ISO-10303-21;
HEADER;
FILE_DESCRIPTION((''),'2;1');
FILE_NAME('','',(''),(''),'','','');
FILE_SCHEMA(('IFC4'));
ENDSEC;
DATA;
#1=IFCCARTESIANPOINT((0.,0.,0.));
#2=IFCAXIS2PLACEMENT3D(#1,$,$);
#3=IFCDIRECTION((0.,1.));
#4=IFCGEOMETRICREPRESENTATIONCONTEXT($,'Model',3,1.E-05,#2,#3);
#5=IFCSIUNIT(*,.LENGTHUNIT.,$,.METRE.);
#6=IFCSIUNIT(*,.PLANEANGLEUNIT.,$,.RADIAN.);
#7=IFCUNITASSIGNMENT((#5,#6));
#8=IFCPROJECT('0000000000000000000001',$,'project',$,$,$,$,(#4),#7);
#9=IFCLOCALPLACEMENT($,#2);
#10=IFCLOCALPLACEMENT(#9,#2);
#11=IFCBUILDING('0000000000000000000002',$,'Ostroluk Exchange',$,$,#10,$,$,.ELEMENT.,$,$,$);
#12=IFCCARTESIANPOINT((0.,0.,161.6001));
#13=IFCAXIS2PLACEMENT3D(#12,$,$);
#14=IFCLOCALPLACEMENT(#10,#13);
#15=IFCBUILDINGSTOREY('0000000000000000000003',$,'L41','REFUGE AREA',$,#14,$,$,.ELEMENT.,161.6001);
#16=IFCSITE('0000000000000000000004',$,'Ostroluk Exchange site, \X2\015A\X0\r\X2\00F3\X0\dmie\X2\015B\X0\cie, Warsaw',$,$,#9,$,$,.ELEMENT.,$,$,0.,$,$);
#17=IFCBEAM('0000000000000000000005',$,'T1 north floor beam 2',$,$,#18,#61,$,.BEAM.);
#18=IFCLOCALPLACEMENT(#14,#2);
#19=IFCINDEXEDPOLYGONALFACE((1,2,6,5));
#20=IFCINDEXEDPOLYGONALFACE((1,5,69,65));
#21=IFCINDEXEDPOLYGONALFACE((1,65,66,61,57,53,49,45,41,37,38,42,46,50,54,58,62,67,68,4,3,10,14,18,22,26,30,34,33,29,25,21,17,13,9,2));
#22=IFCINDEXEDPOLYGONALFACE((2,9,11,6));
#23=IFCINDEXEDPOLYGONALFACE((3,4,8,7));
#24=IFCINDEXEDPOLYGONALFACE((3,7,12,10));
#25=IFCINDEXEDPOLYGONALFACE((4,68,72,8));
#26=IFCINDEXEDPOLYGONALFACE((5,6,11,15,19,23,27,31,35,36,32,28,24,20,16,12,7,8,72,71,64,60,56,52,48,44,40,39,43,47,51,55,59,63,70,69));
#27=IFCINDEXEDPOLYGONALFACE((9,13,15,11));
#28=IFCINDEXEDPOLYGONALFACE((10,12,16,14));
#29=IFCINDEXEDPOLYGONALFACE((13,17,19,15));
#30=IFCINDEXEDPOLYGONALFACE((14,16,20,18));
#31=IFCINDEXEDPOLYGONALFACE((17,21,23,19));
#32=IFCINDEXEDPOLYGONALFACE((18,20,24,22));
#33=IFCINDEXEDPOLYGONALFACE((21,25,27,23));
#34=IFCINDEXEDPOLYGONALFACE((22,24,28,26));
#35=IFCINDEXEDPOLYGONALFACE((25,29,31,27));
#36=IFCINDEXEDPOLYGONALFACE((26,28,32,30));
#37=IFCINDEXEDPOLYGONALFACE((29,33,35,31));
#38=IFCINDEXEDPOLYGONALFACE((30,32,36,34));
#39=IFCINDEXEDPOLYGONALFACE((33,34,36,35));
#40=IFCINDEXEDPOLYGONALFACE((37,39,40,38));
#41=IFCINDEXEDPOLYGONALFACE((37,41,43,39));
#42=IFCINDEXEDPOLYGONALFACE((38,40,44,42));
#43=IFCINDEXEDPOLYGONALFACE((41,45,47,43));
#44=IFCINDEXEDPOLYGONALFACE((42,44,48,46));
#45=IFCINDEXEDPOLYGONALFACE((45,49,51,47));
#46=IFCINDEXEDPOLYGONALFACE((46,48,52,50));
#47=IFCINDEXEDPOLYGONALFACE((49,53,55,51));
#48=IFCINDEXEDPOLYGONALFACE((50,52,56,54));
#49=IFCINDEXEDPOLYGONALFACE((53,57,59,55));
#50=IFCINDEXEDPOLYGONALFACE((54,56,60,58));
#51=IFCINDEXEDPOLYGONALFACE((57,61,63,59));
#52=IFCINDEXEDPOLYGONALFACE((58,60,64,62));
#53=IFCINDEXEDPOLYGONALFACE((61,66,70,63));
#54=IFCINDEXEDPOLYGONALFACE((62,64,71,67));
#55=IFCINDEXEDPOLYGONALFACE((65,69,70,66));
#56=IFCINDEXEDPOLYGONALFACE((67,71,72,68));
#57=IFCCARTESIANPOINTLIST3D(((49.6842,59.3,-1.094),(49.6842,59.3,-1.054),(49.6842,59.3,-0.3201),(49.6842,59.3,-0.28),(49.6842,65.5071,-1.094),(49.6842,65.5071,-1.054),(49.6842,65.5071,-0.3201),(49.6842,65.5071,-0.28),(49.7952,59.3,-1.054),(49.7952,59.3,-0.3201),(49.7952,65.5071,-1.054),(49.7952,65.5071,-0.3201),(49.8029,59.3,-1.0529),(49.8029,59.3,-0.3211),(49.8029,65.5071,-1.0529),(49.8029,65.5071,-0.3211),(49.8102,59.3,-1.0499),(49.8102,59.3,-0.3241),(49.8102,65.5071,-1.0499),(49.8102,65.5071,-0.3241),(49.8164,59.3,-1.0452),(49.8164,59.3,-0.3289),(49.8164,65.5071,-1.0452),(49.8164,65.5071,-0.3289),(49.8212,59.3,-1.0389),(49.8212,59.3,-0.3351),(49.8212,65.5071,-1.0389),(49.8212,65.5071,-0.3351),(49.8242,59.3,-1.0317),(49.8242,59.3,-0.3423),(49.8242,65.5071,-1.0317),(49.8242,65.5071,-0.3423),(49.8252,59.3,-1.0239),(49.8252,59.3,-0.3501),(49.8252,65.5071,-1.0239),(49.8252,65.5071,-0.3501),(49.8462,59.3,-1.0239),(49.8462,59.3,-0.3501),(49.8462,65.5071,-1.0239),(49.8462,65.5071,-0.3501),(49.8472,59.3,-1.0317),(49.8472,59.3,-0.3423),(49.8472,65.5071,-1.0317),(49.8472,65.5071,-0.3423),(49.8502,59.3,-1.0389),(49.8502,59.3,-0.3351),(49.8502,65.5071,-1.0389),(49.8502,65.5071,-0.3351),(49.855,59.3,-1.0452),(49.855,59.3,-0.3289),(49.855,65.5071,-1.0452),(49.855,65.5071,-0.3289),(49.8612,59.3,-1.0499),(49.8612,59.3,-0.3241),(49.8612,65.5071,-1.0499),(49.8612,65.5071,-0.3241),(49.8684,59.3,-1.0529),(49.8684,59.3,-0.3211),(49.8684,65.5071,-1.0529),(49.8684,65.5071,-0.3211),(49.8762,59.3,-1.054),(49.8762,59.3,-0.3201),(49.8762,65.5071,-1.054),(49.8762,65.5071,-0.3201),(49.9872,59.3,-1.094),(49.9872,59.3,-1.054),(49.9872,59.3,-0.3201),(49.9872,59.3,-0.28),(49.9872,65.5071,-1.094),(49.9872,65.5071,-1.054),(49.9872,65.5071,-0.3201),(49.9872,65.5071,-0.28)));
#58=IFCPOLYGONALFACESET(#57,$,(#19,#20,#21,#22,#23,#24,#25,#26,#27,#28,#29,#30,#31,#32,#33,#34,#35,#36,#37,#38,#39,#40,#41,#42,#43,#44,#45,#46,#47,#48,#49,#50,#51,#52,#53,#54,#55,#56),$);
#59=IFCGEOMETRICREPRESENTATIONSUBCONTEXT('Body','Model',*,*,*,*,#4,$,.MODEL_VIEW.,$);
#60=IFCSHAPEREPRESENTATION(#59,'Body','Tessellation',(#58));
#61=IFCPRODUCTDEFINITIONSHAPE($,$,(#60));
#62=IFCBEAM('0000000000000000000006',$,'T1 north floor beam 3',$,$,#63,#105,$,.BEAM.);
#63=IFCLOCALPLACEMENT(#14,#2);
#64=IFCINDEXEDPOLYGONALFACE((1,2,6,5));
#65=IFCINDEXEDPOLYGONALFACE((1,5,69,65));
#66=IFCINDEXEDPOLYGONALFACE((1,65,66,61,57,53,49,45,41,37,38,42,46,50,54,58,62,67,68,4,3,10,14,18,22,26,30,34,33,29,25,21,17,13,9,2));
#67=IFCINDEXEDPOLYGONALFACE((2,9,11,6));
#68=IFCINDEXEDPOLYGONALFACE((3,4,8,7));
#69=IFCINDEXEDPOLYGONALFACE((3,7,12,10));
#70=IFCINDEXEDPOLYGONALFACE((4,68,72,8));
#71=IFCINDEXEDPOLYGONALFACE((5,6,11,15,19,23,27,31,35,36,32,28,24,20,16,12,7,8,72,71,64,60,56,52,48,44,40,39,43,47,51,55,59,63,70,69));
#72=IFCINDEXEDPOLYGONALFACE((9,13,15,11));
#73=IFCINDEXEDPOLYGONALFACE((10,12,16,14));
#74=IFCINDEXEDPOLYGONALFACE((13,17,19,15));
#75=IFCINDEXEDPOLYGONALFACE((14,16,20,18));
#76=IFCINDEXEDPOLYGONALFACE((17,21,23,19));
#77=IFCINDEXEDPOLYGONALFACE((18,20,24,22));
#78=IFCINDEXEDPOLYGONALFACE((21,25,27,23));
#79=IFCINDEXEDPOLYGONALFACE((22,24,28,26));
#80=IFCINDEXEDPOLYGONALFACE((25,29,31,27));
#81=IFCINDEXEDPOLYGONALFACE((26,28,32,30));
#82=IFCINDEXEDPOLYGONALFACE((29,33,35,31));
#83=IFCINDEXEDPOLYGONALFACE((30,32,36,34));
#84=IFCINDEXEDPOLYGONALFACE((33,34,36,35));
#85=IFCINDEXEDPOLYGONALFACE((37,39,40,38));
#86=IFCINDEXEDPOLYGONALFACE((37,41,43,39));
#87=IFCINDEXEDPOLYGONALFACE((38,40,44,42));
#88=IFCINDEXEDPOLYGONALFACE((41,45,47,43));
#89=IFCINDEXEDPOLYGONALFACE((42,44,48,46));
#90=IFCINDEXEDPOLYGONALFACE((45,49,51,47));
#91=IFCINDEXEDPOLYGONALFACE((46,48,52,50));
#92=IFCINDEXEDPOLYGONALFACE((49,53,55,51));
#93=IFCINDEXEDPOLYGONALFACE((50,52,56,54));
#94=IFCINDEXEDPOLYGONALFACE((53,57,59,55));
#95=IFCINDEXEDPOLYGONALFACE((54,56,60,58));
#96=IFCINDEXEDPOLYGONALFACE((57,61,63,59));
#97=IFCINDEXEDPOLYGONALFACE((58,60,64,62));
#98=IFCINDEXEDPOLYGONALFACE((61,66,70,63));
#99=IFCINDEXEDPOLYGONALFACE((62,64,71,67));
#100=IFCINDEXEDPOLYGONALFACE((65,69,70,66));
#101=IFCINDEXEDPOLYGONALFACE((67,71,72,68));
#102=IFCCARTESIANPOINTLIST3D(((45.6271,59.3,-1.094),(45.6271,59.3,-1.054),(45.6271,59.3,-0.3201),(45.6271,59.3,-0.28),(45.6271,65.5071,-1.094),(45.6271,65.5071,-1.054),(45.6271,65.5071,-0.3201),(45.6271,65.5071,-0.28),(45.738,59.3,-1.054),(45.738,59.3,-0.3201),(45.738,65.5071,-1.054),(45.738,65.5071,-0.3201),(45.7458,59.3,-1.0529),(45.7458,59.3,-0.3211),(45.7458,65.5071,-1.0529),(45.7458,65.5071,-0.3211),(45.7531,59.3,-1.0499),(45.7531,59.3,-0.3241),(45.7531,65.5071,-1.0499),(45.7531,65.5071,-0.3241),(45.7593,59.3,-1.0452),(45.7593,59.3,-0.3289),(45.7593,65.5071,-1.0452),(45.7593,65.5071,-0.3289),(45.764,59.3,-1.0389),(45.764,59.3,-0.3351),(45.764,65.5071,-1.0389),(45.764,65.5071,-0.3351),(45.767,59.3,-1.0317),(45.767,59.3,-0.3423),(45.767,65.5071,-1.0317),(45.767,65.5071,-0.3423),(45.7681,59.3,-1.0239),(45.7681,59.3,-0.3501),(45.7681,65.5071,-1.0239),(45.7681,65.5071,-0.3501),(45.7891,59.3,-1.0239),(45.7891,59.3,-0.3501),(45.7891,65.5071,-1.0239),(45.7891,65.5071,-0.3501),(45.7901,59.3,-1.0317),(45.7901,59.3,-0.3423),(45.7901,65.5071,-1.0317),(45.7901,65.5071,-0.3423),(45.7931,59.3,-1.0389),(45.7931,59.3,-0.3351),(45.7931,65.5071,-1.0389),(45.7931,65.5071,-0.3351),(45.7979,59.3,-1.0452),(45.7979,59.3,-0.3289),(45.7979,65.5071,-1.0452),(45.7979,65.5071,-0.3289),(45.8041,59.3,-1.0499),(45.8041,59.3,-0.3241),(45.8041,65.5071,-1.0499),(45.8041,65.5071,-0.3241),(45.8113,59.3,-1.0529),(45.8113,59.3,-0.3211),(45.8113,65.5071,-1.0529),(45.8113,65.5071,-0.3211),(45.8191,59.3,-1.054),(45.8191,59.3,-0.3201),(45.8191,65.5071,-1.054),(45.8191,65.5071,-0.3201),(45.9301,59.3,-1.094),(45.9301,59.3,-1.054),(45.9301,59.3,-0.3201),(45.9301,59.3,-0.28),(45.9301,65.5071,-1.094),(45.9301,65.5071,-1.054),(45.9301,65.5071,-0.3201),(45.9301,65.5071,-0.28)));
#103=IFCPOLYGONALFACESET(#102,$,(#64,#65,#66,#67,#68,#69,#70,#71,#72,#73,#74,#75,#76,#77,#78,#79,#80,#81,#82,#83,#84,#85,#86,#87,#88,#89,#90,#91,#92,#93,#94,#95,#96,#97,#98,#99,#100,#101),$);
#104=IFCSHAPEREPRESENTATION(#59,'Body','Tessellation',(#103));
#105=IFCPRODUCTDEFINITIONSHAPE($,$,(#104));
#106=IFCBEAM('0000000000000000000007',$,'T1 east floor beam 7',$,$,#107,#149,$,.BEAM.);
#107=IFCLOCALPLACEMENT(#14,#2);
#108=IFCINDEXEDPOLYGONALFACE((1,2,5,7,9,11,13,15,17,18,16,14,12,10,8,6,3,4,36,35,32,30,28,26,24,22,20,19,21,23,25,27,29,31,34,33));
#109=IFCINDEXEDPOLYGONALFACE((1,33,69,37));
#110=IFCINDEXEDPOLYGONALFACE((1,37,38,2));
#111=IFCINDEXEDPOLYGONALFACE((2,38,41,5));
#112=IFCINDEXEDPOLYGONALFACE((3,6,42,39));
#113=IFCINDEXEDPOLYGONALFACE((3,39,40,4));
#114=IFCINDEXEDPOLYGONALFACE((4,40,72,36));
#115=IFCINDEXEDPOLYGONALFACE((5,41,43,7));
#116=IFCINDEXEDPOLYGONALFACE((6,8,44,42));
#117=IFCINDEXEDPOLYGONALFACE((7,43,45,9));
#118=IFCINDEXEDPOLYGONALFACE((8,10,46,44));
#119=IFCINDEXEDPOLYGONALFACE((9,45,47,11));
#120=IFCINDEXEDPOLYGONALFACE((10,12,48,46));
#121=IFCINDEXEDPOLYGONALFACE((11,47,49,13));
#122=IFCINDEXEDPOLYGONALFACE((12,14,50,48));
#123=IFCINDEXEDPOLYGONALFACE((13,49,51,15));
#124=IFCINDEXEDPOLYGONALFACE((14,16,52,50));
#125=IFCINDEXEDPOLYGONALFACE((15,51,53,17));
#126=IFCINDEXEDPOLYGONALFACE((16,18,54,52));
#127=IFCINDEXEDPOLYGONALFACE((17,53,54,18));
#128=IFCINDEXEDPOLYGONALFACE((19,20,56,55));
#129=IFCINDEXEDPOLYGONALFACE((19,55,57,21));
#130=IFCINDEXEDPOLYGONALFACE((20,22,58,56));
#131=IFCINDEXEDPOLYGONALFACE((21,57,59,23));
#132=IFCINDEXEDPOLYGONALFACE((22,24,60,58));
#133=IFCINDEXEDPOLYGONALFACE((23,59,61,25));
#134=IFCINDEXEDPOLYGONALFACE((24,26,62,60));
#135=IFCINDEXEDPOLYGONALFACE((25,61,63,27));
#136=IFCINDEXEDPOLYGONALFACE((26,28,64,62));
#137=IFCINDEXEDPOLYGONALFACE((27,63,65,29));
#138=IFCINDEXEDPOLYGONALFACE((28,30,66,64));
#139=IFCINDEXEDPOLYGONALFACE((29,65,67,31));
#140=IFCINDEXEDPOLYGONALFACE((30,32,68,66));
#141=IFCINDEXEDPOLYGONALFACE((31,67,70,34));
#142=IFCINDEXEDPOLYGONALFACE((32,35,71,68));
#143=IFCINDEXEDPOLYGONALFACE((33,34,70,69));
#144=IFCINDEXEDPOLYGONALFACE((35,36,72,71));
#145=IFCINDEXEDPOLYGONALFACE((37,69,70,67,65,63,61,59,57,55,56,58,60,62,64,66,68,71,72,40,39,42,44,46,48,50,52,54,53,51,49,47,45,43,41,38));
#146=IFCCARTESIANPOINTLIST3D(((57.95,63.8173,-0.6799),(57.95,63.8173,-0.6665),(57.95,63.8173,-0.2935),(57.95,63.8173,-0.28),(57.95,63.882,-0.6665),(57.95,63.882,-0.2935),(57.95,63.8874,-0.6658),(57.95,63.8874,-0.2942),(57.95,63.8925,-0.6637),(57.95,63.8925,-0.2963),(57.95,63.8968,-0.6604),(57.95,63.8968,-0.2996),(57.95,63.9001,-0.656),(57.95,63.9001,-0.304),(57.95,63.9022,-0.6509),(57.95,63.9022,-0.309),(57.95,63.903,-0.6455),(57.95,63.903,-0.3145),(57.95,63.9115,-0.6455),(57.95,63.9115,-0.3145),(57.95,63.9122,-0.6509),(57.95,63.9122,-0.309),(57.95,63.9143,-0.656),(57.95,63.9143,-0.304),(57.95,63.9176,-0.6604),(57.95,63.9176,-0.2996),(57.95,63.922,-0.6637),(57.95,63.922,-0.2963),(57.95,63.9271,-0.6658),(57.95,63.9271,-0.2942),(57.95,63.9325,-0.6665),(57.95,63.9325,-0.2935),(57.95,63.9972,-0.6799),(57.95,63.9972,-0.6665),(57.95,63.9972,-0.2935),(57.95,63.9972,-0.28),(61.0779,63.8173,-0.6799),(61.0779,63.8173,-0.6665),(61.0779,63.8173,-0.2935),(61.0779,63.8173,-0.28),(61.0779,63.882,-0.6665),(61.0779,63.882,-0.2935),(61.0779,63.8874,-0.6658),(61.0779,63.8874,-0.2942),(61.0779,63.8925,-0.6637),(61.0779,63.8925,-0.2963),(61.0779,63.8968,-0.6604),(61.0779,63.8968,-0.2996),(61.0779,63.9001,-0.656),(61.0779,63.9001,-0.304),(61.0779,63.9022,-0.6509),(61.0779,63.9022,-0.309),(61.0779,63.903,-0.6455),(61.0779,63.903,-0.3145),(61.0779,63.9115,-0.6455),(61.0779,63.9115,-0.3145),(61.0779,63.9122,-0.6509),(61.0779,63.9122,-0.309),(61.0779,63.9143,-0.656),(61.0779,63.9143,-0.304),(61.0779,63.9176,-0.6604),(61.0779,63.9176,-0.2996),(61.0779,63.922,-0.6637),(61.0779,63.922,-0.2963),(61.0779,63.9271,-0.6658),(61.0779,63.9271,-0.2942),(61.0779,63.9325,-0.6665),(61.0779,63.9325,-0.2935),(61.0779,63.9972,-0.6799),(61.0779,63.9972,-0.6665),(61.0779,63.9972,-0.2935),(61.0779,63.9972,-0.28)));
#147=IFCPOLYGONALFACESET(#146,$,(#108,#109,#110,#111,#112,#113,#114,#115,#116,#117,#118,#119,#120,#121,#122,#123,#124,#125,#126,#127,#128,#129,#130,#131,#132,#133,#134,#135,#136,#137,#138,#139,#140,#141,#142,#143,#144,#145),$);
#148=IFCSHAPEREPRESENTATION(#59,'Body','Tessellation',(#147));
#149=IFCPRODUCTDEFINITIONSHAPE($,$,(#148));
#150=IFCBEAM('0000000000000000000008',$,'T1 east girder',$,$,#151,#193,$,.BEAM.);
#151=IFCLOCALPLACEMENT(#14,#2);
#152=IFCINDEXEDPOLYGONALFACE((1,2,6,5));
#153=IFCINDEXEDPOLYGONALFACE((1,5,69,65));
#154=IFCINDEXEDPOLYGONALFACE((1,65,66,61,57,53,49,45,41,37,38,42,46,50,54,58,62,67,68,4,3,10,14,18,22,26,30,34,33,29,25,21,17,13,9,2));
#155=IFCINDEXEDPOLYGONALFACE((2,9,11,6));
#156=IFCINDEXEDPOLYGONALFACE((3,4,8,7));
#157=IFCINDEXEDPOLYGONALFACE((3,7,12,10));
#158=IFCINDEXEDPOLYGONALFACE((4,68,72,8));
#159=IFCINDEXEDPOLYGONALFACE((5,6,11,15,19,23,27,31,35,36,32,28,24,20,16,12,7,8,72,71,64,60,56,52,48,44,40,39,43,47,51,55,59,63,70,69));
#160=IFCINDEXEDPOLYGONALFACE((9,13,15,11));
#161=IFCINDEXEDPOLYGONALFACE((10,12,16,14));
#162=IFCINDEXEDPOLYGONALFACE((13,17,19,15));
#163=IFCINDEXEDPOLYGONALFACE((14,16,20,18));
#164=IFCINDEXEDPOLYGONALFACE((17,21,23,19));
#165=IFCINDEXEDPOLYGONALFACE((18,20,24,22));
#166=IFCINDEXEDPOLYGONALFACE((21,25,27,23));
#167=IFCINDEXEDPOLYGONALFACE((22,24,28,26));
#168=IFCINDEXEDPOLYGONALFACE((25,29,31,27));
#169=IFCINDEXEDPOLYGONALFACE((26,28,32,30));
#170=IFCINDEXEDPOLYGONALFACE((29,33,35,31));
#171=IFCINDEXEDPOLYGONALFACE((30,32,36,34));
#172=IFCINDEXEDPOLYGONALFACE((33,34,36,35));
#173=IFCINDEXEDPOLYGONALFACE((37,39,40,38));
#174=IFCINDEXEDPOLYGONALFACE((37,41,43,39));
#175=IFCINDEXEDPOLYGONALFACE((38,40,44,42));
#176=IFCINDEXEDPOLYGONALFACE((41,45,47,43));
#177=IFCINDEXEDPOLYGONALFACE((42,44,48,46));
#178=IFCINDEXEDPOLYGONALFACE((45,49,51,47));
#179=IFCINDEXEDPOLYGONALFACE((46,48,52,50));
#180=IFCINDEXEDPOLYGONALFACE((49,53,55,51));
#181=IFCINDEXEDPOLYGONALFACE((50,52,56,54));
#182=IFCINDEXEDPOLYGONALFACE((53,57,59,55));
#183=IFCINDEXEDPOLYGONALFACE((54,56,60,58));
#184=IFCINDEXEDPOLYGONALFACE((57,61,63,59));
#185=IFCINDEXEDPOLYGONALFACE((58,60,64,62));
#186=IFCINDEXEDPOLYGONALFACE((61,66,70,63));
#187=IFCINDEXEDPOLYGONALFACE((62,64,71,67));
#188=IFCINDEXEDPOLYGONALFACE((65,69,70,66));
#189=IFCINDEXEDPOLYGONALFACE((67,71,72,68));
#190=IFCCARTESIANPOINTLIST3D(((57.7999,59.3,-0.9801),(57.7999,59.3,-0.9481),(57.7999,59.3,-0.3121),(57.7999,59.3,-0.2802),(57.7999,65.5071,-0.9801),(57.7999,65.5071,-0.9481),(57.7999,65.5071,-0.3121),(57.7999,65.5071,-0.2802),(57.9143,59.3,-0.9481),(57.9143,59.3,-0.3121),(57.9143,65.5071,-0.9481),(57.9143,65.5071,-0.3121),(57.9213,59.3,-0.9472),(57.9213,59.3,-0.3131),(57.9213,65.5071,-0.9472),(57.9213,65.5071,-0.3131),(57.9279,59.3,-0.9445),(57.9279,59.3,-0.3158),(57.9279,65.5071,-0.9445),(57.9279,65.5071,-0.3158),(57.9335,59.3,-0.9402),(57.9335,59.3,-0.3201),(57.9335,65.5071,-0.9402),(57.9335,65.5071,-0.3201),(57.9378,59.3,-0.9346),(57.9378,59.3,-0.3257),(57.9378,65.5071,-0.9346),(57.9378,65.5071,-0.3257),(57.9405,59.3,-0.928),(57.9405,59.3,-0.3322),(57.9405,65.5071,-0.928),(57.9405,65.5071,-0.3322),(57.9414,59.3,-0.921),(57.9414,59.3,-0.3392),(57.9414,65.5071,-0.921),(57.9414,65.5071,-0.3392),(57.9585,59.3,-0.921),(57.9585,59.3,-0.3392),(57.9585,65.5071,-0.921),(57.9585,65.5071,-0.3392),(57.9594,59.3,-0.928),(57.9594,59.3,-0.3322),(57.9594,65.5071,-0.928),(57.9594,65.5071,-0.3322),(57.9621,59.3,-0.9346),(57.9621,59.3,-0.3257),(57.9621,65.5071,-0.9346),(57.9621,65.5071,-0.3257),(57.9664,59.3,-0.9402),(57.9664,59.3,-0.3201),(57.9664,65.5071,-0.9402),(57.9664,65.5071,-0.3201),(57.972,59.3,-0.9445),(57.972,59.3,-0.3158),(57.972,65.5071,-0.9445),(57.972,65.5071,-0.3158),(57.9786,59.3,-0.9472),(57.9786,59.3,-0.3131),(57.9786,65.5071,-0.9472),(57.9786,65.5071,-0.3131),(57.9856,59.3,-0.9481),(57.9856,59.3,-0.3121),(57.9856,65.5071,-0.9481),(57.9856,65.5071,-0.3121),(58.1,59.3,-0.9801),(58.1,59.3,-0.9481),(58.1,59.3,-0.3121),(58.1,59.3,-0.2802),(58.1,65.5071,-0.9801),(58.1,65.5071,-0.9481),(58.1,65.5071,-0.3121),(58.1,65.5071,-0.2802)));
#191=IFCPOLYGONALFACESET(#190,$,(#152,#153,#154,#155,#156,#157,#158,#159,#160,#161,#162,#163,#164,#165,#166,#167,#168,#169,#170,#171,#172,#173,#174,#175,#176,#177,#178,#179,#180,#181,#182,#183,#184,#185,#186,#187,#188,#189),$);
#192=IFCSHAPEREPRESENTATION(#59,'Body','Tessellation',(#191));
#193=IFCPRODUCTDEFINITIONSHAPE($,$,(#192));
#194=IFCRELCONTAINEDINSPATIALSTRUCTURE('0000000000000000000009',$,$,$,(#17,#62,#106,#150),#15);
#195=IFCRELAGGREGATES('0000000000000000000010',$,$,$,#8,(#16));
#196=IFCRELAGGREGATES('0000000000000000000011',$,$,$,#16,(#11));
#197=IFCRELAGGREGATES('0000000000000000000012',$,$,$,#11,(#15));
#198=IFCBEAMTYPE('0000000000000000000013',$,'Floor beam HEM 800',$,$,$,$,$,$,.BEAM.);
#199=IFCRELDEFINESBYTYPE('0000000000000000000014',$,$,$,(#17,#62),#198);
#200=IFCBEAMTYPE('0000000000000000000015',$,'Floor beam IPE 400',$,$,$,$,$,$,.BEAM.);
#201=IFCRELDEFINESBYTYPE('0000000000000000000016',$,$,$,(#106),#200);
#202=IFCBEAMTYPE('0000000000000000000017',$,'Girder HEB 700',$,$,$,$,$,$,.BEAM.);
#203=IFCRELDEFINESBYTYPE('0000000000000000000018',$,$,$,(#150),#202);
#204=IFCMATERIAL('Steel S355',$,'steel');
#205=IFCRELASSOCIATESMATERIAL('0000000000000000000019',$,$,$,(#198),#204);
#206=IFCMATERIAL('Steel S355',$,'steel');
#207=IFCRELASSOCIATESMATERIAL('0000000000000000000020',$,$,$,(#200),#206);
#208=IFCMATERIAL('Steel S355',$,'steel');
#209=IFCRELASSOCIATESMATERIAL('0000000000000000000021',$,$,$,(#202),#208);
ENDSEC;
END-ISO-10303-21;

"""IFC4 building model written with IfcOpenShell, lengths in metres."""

from ifc_helpers import new_model, si_unit, direction, frame, origin, origin_2d, place, context, subcontext, project, spatial, i_section, extrude, material, material_profile, profile_set, type_object, element, save


model = new_model("IFC4")

# Units and contexts
model_context = context("Model", 3, precision=1e-05, world=origin(), true_north=direction((0.0, 1.0)))
body_context = subcontext(model_context, "Body", "Model", "MODEL_VIEW")
ifc_project = project(units=[si_unit("LENGTHUNIT", "METRE"), si_unit("PLANEANGLEUNIT", "RADIAN")], contexts=[model_context])

# Site, building, storey
site_placement = place(None, origin())
site = spatial("IfcSite", under=ifc_project, at=site_placement, Name="Ostroluk Exchange site, Śródmieście, Warsaw", CompositionType="ELEMENT", RefElevation=0.0)
building_placement = place(site_placement, origin())
building = spatial("IfcBuilding", under=site, at=building_placement, Name="Ostroluk Exchange", CompositionType="ELEMENT")
storey_placement = place(building_placement, frame((0.0, 0.0, 161.6001)))
storey = spatial("IfcBuildingStorey", under=building, at=storey_placement, Name="L41", Description="REFUGE AREA", CompositionType="ELEMENT", Elevation=161.6001)

# Beams
ifc_material_1 = material(Name="Steel S355", Category="steel")
ifc_material_profile_1 = material_profile(ifc_material_1, i_section(OverallWidth=0.303, OverallDepth=0.814, WebThickness=0.021, FlangeThickness=0.04, FilletRadius=0.03, at=origin_2d()), Name="HEM 800")
ifc_profile_set_1 = profile_set([ifc_material_profile_1], Name="Steel S355")
beam_type_1 = type_object("IfcBeamType", Name="Floor beam HEM 800", PredefinedType="BEAM", material=ifc_profile_set_1)
for number, where, z_axis, x_axis, name in (
    (1, (49.8357, 59.3, -0.687), (0.0, 1.0, 0.0), (-1.0, 0.0, 0.0), "T1 north floor beam 2"),
    (2, (45.7786, 59.3, -0.687), (0.0, 1.0, 0.0), (-1.0, 0.0, 0.0), "T1 north floor beam 3"),
):
    element("IfcBeam", number, at=place(storey_placement, frame(where, z_axis=z_axis, x_axis=x_axis)), inside=storey, type_object=beam_type_1, Name=name, PredefinedType="BEAM", context=body_context, shape_type="SweptSolid", body=[
        extrude(i_section(OverallWidth=0.303, OverallDepth=0.814, WebThickness=0.021, FlangeThickness=0.04, FilletRadius=0.03, at=origin_2d()), origin(), (0.0, 0.0, 1.0), 6.207),
    ])
ifc_material_2 = material(Name="Steel S355", Category="steel")
ifc_material_profile_2 = material_profile(ifc_material_2, i_section(OverallWidth=0.1799, OverallDepth=0.3999, WebThickness=0.0085, FlangeThickness=0.0134, FilletRadius=0.021, at=origin_2d()), Name="IPE 400")
ifc_profile_set_2 = profile_set([ifc_material_profile_2], Name="Steel S355")
beam_type_2 = type_object("IfcBeamType", Name="Floor beam IPE 400", PredefinedType="BEAM", material=ifc_profile_set_2)
beam_1_placement = place(storey_placement, frame((57.95, 63.9072, -0.48), z_axis=(1.0, 0.0, 0.0), x_axis=(0.0, 1.0, 0.0)))
element("IfcBeam", 3, at=beam_1_placement, inside=storey, type_object=beam_type_2, Name="T1 east floor beam 7", PredefinedType="BEAM", context=body_context, shape_type="SweptSolid", body=[
    extrude(i_section(OverallWidth=0.1799, OverallDepth=0.3999, WebThickness=0.0085, FlangeThickness=0.0134, FilletRadius=0.021, at=origin_2d()), origin(), (0.0, 0.0, 1.0), 3.1279),
])
ifc_material_3 = material(Name="Steel S355", Category="steel")
ifc_material_profile_3 = material_profile(ifc_material_3, i_section(OverallWidth=0.3, OverallDepth=0.7, WebThickness=0.0171, FlangeThickness=0.032, FilletRadius=0.0271, at=origin_2d()), Name="HEB 700")
ifc_profile_set_3 = profile_set([ifc_material_profile_3], Name="Steel S355")
beam_type_3 = type_object("IfcBeamType", Name="Girder HEB 700", PredefinedType="BEAM", material=ifc_profile_set_3)
beam_2_placement = place(storey_placement, frame((57.95, 59.3, -0.6301), z_axis=(0.0, 1.0, 0.0), x_axis=(-1.0, 0.0, 0.0)))
element("IfcBeam", 4, at=beam_2_placement, inside=storey, type_object=beam_type_3, Name="T1 east girder", PredefinedType="BEAM", context=body_context, shape_type="SweptSolid", body=[
    extrude(i_section(OverallWidth=0.3, OverallDepth=0.7, WebThickness=0.0171, FlangeThickness=0.032, FilletRadius=0.0271, at=origin_2d()), origin(), (0.0, 0.0, 1.0), 6.207),
])

save(model, "model.ifc")
